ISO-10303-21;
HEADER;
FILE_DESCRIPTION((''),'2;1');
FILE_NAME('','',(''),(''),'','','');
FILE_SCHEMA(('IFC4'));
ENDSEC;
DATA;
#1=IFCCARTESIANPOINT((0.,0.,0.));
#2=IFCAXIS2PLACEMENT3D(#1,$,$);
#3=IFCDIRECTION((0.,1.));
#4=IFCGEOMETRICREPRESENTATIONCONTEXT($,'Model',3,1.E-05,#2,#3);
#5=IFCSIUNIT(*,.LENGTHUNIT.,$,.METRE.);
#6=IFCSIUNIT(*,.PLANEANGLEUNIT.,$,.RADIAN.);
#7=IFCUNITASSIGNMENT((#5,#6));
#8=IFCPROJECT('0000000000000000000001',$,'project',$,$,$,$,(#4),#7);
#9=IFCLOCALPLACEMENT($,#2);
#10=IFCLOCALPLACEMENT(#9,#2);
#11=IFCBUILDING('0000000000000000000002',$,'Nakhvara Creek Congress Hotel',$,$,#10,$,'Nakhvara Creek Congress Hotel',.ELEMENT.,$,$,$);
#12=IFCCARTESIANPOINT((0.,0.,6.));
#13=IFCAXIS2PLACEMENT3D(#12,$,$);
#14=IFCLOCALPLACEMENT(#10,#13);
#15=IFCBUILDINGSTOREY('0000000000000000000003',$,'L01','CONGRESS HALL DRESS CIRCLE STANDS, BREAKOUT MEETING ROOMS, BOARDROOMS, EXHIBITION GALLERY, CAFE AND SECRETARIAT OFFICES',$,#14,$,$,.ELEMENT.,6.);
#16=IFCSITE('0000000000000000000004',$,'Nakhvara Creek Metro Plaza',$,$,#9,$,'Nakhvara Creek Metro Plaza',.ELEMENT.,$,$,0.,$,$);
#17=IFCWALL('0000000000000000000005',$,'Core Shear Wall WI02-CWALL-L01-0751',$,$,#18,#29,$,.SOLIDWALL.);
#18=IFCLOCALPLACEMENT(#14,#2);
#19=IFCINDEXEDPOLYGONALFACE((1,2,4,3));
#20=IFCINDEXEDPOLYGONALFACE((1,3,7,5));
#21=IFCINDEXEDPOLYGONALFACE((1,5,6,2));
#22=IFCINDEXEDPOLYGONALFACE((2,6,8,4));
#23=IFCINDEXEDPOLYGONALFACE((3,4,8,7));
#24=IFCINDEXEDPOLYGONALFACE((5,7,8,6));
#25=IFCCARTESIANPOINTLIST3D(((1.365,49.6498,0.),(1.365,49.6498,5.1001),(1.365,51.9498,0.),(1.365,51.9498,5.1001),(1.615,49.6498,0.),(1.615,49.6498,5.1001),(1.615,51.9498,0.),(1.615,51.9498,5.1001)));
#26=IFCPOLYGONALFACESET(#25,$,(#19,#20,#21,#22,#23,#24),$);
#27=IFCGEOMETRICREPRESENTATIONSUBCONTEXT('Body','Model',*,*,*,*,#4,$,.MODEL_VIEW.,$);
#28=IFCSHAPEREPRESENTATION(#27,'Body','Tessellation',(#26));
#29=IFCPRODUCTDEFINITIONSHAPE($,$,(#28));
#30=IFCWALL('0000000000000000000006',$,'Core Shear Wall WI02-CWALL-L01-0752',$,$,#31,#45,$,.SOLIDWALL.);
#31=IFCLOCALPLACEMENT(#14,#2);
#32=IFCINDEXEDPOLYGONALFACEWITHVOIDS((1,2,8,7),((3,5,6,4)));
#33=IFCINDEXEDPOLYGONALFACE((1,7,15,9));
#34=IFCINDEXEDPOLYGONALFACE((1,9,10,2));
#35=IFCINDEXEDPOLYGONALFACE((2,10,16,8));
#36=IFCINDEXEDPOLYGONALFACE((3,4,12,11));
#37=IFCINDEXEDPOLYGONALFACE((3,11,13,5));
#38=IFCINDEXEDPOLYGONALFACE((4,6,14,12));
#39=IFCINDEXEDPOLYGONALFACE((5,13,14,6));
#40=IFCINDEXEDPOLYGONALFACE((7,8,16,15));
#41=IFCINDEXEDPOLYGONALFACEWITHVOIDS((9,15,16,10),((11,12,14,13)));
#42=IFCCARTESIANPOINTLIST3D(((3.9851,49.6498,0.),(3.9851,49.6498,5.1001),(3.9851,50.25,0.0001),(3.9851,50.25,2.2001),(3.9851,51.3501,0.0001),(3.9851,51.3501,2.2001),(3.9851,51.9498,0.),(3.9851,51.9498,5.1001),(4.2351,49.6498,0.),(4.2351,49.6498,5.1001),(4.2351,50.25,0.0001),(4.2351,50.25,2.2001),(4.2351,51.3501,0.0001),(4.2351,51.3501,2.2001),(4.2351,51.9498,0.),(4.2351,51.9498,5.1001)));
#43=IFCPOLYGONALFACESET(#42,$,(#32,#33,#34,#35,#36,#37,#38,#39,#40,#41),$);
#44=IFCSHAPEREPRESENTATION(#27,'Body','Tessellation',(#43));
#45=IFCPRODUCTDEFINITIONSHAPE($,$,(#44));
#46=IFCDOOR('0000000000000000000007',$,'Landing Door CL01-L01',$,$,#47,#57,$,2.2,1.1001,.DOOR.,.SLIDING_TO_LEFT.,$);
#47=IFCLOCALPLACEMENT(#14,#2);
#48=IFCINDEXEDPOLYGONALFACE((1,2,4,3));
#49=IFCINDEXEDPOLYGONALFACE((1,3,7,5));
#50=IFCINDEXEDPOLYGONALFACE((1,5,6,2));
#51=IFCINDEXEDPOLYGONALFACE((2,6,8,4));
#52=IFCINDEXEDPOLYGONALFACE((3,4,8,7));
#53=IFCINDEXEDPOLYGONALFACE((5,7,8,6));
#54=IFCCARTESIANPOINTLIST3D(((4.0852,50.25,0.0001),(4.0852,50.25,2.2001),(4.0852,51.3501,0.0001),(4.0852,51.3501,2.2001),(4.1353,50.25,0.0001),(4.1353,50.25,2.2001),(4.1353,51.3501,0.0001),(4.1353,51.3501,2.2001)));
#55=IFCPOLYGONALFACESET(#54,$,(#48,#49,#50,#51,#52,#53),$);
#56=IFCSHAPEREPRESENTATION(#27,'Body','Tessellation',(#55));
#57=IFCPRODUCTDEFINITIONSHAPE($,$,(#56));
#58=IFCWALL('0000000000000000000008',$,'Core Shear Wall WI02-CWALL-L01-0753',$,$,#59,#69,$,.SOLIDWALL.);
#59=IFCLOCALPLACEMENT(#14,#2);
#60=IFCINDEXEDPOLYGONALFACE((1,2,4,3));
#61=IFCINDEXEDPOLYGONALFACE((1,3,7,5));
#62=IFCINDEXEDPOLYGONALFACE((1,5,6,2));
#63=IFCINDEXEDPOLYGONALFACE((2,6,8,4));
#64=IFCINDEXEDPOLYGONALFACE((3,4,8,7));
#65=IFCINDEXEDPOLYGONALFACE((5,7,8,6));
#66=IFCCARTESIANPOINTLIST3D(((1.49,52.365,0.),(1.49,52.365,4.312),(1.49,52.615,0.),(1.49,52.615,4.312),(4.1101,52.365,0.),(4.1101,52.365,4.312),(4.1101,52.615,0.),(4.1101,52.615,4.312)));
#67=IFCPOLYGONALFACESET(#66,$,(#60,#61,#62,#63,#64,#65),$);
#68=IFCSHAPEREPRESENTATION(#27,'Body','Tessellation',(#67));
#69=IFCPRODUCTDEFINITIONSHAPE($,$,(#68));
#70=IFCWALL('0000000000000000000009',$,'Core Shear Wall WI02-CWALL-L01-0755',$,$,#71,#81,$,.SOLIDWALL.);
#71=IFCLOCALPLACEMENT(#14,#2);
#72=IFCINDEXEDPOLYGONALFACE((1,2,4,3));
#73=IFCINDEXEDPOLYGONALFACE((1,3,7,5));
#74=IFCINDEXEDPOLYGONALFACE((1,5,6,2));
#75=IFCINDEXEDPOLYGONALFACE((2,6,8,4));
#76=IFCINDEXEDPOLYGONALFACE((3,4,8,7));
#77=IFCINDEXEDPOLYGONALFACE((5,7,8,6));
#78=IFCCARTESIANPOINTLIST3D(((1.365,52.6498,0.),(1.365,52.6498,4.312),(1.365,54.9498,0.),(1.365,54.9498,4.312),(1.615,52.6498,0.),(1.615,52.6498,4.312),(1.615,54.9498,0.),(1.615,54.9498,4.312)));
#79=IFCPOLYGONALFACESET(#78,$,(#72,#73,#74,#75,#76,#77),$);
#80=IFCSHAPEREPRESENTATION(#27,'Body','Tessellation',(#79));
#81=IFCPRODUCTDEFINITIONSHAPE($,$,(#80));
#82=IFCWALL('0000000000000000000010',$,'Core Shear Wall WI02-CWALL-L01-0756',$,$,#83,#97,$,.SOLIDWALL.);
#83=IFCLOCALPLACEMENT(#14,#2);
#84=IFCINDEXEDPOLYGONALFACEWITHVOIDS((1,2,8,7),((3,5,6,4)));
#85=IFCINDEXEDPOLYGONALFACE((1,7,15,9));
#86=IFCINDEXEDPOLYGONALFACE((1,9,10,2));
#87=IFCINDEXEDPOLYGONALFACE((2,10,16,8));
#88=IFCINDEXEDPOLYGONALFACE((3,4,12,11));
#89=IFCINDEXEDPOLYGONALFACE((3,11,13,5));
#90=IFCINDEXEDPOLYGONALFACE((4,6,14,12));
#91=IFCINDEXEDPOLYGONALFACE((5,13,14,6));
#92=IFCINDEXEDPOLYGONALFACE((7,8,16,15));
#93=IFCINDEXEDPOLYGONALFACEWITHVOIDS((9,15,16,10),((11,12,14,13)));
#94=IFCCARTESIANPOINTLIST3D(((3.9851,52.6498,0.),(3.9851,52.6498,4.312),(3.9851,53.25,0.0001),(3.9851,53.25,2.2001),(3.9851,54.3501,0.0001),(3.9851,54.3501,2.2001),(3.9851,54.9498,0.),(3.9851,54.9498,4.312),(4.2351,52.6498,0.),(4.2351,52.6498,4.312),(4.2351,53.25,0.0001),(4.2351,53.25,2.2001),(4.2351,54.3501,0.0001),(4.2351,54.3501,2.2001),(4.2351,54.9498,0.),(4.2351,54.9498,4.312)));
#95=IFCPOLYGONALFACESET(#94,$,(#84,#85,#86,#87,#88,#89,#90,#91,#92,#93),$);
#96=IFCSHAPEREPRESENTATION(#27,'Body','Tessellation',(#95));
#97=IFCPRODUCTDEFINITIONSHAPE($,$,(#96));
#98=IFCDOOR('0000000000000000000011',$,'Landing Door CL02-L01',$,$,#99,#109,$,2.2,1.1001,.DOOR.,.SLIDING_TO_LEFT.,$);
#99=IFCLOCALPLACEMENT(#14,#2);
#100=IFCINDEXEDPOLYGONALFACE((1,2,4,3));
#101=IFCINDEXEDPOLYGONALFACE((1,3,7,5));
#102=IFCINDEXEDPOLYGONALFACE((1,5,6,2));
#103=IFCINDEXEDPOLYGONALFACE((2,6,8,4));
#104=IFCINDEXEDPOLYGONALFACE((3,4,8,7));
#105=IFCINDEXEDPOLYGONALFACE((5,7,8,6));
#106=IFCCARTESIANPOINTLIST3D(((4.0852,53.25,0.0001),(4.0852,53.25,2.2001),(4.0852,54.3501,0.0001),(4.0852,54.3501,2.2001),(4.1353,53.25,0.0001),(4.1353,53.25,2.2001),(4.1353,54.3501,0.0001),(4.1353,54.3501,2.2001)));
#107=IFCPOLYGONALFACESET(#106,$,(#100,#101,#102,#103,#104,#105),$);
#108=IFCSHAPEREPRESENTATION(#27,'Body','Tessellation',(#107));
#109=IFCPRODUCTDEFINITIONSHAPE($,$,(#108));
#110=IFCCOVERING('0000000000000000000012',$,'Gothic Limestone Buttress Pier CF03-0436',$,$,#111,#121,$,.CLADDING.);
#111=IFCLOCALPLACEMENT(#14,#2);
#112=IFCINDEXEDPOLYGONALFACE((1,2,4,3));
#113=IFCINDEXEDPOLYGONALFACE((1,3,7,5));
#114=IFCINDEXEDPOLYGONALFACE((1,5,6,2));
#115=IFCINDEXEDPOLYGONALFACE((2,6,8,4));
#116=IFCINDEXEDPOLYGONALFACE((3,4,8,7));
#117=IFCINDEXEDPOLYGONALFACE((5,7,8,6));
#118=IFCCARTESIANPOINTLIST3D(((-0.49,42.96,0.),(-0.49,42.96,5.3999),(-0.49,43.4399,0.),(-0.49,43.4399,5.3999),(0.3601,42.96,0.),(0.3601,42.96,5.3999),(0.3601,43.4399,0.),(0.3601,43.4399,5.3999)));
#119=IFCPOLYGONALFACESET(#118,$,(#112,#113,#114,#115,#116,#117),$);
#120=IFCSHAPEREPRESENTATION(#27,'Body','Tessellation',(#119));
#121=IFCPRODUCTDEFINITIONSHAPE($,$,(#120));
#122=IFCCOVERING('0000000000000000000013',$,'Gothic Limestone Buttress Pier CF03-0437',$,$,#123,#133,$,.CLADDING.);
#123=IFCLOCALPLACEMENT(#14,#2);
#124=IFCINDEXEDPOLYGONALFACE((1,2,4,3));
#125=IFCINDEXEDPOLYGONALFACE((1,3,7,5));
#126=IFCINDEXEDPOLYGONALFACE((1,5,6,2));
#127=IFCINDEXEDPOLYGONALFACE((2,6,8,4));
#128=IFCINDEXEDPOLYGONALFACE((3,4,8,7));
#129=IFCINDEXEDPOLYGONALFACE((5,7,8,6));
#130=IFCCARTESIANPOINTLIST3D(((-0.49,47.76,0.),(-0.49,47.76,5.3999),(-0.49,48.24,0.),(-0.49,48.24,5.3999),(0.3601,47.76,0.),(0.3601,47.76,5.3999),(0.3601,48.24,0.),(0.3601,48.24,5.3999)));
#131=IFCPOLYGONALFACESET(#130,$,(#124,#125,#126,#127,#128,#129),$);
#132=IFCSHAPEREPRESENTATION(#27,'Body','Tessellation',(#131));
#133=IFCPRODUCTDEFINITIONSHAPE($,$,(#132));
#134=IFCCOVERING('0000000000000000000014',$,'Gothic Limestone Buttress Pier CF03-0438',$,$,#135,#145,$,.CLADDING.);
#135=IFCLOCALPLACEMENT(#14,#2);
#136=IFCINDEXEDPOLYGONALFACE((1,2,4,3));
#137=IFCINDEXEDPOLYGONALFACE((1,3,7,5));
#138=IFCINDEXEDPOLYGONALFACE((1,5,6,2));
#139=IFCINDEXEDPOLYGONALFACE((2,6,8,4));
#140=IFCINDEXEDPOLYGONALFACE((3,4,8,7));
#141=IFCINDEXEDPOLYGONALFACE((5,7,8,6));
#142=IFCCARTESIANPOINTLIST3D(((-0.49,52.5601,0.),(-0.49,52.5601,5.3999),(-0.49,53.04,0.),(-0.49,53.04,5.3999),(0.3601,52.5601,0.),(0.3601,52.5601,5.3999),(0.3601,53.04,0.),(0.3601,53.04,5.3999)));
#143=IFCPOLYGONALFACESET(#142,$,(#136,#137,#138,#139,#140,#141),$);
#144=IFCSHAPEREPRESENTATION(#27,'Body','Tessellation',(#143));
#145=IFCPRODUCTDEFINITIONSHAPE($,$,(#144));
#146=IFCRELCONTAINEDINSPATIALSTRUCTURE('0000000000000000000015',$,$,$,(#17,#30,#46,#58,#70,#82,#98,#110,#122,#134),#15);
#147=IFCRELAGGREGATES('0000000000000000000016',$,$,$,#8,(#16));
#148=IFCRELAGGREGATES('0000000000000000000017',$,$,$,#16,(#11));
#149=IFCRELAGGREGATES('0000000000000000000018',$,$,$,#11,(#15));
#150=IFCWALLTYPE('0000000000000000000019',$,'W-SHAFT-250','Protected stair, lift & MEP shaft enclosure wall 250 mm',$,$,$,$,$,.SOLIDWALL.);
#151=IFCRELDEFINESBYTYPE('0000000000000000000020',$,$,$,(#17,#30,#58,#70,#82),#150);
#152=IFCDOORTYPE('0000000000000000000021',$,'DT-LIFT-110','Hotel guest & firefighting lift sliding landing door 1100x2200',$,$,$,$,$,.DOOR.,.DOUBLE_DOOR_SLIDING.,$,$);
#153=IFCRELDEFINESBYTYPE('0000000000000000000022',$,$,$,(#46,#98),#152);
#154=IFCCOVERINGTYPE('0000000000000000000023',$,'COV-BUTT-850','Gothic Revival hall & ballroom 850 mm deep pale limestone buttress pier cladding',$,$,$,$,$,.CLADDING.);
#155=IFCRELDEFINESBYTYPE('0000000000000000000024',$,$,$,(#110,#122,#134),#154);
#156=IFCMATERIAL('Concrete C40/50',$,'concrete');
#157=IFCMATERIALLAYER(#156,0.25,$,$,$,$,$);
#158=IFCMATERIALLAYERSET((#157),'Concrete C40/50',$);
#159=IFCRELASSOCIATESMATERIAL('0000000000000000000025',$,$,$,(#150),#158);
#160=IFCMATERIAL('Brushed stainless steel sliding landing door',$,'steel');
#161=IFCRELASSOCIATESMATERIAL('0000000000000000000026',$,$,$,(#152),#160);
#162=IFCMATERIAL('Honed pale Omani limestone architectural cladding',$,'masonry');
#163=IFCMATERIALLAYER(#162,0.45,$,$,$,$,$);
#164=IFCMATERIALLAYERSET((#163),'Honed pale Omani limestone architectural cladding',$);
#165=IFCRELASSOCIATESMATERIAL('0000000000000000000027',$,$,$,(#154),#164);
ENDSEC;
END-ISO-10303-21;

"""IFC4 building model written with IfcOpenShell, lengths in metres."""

from ifc_helpers import new_model, si_unit, direction, frame, frame_2d, origin, origin_2d, place, context, subcontext, project, spatial, rectangle, extrude, material, layer, layer_set, type_object, element, fill, save


model = new_model("IFC4")

# Units and contexts
model_context = context("Model", 3, precision=1e-05, world=origin(), true_north=direction((0.0, 1.0)))
body_context = subcontext(model_context, "Body", "Model", "MODEL_VIEW")
ifc_project = project(units=[si_unit("LENGTHUNIT", "METRE"), si_unit("PLANEANGLEUNIT", "RADIAN")], contexts=[model_context])

# Site, building, storey
site_placement = place(None, origin())
site = spatial("IfcSite", under=ifc_project, at=site_placement, Name="Nakhvara Creek Metro Plaza", LongName="Nakhvara Creek Metro Plaza", CompositionType="ELEMENT", RefElevation=0.0)
building_placement = place(site_placement, origin())
building = spatial("IfcBuilding", under=site, at=building_placement, Name="Nakhvara Creek Congress Hotel", LongName="Nakhvara Creek Congress Hotel", CompositionType="ELEMENT")
storey_placement = place(building_placement, frame((0.0, 0.0, 6.0)))
storey = spatial("IfcBuildingStorey", under=building, at=storey_placement, Name="L01", Description="CONGRESS HALL DRESS CIRCLE STANDS, BREAKOUT MEETING ROOMS, BOARDROOMS, EXHIBITION GALLERY, CAFE AND SECRETARIAT OFFICES", CompositionType="ELEMENT", Elevation=6.0)

# Shared definitions
ifc_material_1 = material(Name="Concrete C40/50", Category="concrete")

# Wall
ifc_layer_1 = layer(ifc_material_1, 0.25)
ifc_layer_set_1 = layer_set([ifc_layer_1], Name="Concrete C40/50")
wall_type_1 = type_object("IfcWallType", Name="W-SHAFT-250", Description="Protected stair, lift & MEP shaft enclosure wall 250 mm", PredefinedType="SOLIDWALL", material=ifc_layer_set_1)
wall_1_placement = place(storey_placement, frame((1.49, 49.6499, 0.0), z_axis=(0.0, 0.0, 1.0), x_axis=(0.0, 1.0, 0.0)))
element("IfcWall", 1, at=wall_1_placement, inside=storey, type_object=wall_type_1, Name="Core Shear Wall WI02-CWALL-L01-0751", PredefinedType="SOLIDWALL", context=body_context, shape_type="SweptSolid", body=[
    extrude(rectangle(XDim=2.3, YDim=0.25, at=frame_2d((1.1499, 0.0))), origin(), (0.0, 0.0, 1.0), 5.1001),
])

# Wall, opening, door
wall_2_placement = place(storey_placement, frame((4.1101, 49.6499, 0.0), z_axis=(0.0, 0.0, 1.0), x_axis=(0.0, 1.0, 0.0)))
wall_2 = element("IfcWall", 2, at=wall_2_placement, inside=storey, type_object=wall_type_1, Name="Core Shear Wall WI02-CWALL-L01-0752", PredefinedType="SOLIDWALL", context=body_context, shape_type="SweptSolid", body=[
    extrude(rectangle(XDim=2.3, YDim=0.25, at=frame_2d((1.1499, 0.0))), origin(), (0.0, 0.0, 1.0), 5.1001),
])
opening_1_placement = place(wall_2_placement, frame((0.6001, 0.0, 0.0)))
opening_1 = element("IfcOpeningElement", 3, at=opening_1_placement, cuts=wall_2, PredefinedType="OPENING", context=body_context, shape_type="SweptSolid", body=[
    extrude(rectangle(XDim=1.1001, YDim=2.2, at=frame_2d((0.55, 1.1001))), frame((0.0, 0.137, 0.0), z_axis=(0.0, -1.0, 0.0), x_axis=(1.0, 0.0, 0.0)), (0.0, 0.0, 1.0), 0.2739),
])
ifc_material_2 = material(Name="Brushed stainless steel sliding landing door", Category="steel")
door_type = type_object("IfcDoorType", Name="DT-LIFT-110", Description="Hotel guest & firefighting lift sliding landing door 1100x2200", OperationType="DOUBLE_DOOR_SLIDING", PredefinedType="DOOR", material=ifc_material_2)
door_1_placement = place(opening_1_placement, origin())
door_1 = element("IfcDoor", 4, at=door_1_placement, inside=storey, type_object=door_type, Name="Landing Door CL01-L01", OperationType="SLIDING_TO_LEFT", OverallHeight=2.2, OverallWidth=1.1001, PredefinedType="DOOR", context=body_context, shape_type="SweptSolid", body=[
    extrude(rectangle(XDim=1.1001, YDim=2.2, at=frame_2d((0.55, 1.1001))), frame((0.0, 0.0249, 0.0), z_axis=(0.0, -1.0, 0.0), x_axis=(1.0, 0.0, 0.0)), (0.0, 0.0, 1.0), 0.05),
])
fill(opening_1, door_1)

# Walls
wall_3_placement = place(storey_placement, frame((1.49, 52.49, 0.0), z_axis=(0.0, 0.0, 1.0), x_axis=(1.0, 0.0, 0.0)))
element("IfcWall", 5, at=wall_3_placement, inside=storey, type_object=wall_type_1, Name="Core Shear Wall WI02-CWALL-L01-0753", PredefinedType="SOLIDWALL", context=body_context, shape_type="SweptSolid", body=[
    extrude(rectangle(XDim=2.6201, YDim=0.25, at=frame_2d((1.3101, 0.0))), origin(), (0.0, 0.0, 1.0), 4.312),
])
wall_4_placement = place(storey_placement, frame((1.49, 52.6499, 0.0), z_axis=(0.0, 0.0, 1.0), x_axis=(0.0, 1.0, 0.0)))
element("IfcWall", 6, at=wall_4_placement, inside=storey, type_object=wall_type_1, Name="Core Shear Wall WI02-CWALL-L01-0755", PredefinedType="SOLIDWALL", context=body_context, shape_type="SweptSolid", body=[
    extrude(rectangle(XDim=2.3, YDim=0.25, at=frame_2d((1.1499, 0.0))), origin(), (0.0, 0.0, 1.0), 4.312),
])

# Wall, opening, door
wall_5_placement = place(storey_placement, frame((4.1101, 52.6499, 0.0), z_axis=(0.0, 0.0, 1.0), x_axis=(0.0, 1.0, 0.0)))
wall_5 = element("IfcWall", 7, at=wall_5_placement, inside=storey, type_object=wall_type_1, Name="Core Shear Wall WI02-CWALL-L01-0756", PredefinedType="SOLIDWALL", context=body_context, shape_type="SweptSolid", body=[
    extrude(rectangle(XDim=2.3, YDim=0.25, at=frame_2d((1.1499, 0.0))), origin(), (0.0, 0.0, 1.0), 4.312),
])
opening_2_placement = place(wall_5_placement, frame((0.6001, 0.0, 0.0)))
opening_2 = element("IfcOpeningElement", 8, at=opening_2_placement, cuts=wall_5, PredefinedType="OPENING", context=body_context, shape_type="SweptSolid", body=[
    extrude(rectangle(XDim=1.1001, YDim=2.2, at=frame_2d((0.55, 1.1001))), frame((0.0, 0.137, 0.0), z_axis=(0.0, -1.0, 0.0), x_axis=(1.0, 0.0, 0.0)), (0.0, 0.0, 1.0), 0.2739),
])
door_2_placement = place(opening_2_placement, origin())
door_2 = element("IfcDoor", 9, at=door_2_placement, inside=storey, type_object=door_type, Name="Landing Door CL02-L01", OperationType="SLIDING_TO_LEFT", OverallHeight=2.2, OverallWidth=1.1001, PredefinedType="DOOR", context=body_context, shape_type="SweptSolid", body=[
    extrude(rectangle(XDim=1.1001, YDim=2.2, at=frame_2d((0.55, 1.1001))), frame((0.0, 0.0249, 0.0), z_axis=(0.0, -1.0, 0.0), x_axis=(1.0, 0.0, 0.0)), (0.0, 0.0, 1.0), 0.05),
])
fill(opening_2, door_2)

# Coverings
ifc_material_3 = material(Name="Honed pale Omani limestone architectural cladding", Category="masonry")
ifc_layer_2 = layer(ifc_material_3, 0.45)
ifc_layer_set_2 = layer_set([ifc_layer_2], Name="Honed pale Omani limestone architectural cladding")
covering_type = type_object("IfcCoveringType", Name="COV-BUTT-850", Description="Gothic Revival hall & ballroom 850 mm deep pale limestone buttress pier cladding", PredefinedType="CLADDING", material=ifc_layer_set_2)
for number, where, z_axis, x_axis, name in (
    (10, (-0.0649, 43.2, 0.0), (0.0, 0.0, 1.0), (0.0, 1.0, 0.0), "Gothic Limestone Buttress Pier CF03-0436"),
    (11, (-0.0649, 48.0, 0.0), (0.0, 0.0, 1.0), (0.0, 1.0, 0.0), "Gothic Limestone Buttress Pier CF03-0437"),
    (12, (-0.0649, 52.8, 0.0), (0.0, 0.0, 1.0), (0.0, 1.0, 0.0), "Gothic Limestone Buttress Pier CF03-0438"),
):
    element("IfcCovering", number, at=place(storey_placement, frame(where, z_axis=z_axis, x_axis=x_axis)), inside=storey, type_object=covering_type, Name=name, PredefinedType="CLADDING", context=body_context, shape_type="SweptSolid", body=[
        extrude(rectangle(XDim=0.48, YDim=0.8501, at=origin_2d()), origin(), (0.0, 0.0, 1.0), 5.3999),
    ])

save(model, "model.ifc")
